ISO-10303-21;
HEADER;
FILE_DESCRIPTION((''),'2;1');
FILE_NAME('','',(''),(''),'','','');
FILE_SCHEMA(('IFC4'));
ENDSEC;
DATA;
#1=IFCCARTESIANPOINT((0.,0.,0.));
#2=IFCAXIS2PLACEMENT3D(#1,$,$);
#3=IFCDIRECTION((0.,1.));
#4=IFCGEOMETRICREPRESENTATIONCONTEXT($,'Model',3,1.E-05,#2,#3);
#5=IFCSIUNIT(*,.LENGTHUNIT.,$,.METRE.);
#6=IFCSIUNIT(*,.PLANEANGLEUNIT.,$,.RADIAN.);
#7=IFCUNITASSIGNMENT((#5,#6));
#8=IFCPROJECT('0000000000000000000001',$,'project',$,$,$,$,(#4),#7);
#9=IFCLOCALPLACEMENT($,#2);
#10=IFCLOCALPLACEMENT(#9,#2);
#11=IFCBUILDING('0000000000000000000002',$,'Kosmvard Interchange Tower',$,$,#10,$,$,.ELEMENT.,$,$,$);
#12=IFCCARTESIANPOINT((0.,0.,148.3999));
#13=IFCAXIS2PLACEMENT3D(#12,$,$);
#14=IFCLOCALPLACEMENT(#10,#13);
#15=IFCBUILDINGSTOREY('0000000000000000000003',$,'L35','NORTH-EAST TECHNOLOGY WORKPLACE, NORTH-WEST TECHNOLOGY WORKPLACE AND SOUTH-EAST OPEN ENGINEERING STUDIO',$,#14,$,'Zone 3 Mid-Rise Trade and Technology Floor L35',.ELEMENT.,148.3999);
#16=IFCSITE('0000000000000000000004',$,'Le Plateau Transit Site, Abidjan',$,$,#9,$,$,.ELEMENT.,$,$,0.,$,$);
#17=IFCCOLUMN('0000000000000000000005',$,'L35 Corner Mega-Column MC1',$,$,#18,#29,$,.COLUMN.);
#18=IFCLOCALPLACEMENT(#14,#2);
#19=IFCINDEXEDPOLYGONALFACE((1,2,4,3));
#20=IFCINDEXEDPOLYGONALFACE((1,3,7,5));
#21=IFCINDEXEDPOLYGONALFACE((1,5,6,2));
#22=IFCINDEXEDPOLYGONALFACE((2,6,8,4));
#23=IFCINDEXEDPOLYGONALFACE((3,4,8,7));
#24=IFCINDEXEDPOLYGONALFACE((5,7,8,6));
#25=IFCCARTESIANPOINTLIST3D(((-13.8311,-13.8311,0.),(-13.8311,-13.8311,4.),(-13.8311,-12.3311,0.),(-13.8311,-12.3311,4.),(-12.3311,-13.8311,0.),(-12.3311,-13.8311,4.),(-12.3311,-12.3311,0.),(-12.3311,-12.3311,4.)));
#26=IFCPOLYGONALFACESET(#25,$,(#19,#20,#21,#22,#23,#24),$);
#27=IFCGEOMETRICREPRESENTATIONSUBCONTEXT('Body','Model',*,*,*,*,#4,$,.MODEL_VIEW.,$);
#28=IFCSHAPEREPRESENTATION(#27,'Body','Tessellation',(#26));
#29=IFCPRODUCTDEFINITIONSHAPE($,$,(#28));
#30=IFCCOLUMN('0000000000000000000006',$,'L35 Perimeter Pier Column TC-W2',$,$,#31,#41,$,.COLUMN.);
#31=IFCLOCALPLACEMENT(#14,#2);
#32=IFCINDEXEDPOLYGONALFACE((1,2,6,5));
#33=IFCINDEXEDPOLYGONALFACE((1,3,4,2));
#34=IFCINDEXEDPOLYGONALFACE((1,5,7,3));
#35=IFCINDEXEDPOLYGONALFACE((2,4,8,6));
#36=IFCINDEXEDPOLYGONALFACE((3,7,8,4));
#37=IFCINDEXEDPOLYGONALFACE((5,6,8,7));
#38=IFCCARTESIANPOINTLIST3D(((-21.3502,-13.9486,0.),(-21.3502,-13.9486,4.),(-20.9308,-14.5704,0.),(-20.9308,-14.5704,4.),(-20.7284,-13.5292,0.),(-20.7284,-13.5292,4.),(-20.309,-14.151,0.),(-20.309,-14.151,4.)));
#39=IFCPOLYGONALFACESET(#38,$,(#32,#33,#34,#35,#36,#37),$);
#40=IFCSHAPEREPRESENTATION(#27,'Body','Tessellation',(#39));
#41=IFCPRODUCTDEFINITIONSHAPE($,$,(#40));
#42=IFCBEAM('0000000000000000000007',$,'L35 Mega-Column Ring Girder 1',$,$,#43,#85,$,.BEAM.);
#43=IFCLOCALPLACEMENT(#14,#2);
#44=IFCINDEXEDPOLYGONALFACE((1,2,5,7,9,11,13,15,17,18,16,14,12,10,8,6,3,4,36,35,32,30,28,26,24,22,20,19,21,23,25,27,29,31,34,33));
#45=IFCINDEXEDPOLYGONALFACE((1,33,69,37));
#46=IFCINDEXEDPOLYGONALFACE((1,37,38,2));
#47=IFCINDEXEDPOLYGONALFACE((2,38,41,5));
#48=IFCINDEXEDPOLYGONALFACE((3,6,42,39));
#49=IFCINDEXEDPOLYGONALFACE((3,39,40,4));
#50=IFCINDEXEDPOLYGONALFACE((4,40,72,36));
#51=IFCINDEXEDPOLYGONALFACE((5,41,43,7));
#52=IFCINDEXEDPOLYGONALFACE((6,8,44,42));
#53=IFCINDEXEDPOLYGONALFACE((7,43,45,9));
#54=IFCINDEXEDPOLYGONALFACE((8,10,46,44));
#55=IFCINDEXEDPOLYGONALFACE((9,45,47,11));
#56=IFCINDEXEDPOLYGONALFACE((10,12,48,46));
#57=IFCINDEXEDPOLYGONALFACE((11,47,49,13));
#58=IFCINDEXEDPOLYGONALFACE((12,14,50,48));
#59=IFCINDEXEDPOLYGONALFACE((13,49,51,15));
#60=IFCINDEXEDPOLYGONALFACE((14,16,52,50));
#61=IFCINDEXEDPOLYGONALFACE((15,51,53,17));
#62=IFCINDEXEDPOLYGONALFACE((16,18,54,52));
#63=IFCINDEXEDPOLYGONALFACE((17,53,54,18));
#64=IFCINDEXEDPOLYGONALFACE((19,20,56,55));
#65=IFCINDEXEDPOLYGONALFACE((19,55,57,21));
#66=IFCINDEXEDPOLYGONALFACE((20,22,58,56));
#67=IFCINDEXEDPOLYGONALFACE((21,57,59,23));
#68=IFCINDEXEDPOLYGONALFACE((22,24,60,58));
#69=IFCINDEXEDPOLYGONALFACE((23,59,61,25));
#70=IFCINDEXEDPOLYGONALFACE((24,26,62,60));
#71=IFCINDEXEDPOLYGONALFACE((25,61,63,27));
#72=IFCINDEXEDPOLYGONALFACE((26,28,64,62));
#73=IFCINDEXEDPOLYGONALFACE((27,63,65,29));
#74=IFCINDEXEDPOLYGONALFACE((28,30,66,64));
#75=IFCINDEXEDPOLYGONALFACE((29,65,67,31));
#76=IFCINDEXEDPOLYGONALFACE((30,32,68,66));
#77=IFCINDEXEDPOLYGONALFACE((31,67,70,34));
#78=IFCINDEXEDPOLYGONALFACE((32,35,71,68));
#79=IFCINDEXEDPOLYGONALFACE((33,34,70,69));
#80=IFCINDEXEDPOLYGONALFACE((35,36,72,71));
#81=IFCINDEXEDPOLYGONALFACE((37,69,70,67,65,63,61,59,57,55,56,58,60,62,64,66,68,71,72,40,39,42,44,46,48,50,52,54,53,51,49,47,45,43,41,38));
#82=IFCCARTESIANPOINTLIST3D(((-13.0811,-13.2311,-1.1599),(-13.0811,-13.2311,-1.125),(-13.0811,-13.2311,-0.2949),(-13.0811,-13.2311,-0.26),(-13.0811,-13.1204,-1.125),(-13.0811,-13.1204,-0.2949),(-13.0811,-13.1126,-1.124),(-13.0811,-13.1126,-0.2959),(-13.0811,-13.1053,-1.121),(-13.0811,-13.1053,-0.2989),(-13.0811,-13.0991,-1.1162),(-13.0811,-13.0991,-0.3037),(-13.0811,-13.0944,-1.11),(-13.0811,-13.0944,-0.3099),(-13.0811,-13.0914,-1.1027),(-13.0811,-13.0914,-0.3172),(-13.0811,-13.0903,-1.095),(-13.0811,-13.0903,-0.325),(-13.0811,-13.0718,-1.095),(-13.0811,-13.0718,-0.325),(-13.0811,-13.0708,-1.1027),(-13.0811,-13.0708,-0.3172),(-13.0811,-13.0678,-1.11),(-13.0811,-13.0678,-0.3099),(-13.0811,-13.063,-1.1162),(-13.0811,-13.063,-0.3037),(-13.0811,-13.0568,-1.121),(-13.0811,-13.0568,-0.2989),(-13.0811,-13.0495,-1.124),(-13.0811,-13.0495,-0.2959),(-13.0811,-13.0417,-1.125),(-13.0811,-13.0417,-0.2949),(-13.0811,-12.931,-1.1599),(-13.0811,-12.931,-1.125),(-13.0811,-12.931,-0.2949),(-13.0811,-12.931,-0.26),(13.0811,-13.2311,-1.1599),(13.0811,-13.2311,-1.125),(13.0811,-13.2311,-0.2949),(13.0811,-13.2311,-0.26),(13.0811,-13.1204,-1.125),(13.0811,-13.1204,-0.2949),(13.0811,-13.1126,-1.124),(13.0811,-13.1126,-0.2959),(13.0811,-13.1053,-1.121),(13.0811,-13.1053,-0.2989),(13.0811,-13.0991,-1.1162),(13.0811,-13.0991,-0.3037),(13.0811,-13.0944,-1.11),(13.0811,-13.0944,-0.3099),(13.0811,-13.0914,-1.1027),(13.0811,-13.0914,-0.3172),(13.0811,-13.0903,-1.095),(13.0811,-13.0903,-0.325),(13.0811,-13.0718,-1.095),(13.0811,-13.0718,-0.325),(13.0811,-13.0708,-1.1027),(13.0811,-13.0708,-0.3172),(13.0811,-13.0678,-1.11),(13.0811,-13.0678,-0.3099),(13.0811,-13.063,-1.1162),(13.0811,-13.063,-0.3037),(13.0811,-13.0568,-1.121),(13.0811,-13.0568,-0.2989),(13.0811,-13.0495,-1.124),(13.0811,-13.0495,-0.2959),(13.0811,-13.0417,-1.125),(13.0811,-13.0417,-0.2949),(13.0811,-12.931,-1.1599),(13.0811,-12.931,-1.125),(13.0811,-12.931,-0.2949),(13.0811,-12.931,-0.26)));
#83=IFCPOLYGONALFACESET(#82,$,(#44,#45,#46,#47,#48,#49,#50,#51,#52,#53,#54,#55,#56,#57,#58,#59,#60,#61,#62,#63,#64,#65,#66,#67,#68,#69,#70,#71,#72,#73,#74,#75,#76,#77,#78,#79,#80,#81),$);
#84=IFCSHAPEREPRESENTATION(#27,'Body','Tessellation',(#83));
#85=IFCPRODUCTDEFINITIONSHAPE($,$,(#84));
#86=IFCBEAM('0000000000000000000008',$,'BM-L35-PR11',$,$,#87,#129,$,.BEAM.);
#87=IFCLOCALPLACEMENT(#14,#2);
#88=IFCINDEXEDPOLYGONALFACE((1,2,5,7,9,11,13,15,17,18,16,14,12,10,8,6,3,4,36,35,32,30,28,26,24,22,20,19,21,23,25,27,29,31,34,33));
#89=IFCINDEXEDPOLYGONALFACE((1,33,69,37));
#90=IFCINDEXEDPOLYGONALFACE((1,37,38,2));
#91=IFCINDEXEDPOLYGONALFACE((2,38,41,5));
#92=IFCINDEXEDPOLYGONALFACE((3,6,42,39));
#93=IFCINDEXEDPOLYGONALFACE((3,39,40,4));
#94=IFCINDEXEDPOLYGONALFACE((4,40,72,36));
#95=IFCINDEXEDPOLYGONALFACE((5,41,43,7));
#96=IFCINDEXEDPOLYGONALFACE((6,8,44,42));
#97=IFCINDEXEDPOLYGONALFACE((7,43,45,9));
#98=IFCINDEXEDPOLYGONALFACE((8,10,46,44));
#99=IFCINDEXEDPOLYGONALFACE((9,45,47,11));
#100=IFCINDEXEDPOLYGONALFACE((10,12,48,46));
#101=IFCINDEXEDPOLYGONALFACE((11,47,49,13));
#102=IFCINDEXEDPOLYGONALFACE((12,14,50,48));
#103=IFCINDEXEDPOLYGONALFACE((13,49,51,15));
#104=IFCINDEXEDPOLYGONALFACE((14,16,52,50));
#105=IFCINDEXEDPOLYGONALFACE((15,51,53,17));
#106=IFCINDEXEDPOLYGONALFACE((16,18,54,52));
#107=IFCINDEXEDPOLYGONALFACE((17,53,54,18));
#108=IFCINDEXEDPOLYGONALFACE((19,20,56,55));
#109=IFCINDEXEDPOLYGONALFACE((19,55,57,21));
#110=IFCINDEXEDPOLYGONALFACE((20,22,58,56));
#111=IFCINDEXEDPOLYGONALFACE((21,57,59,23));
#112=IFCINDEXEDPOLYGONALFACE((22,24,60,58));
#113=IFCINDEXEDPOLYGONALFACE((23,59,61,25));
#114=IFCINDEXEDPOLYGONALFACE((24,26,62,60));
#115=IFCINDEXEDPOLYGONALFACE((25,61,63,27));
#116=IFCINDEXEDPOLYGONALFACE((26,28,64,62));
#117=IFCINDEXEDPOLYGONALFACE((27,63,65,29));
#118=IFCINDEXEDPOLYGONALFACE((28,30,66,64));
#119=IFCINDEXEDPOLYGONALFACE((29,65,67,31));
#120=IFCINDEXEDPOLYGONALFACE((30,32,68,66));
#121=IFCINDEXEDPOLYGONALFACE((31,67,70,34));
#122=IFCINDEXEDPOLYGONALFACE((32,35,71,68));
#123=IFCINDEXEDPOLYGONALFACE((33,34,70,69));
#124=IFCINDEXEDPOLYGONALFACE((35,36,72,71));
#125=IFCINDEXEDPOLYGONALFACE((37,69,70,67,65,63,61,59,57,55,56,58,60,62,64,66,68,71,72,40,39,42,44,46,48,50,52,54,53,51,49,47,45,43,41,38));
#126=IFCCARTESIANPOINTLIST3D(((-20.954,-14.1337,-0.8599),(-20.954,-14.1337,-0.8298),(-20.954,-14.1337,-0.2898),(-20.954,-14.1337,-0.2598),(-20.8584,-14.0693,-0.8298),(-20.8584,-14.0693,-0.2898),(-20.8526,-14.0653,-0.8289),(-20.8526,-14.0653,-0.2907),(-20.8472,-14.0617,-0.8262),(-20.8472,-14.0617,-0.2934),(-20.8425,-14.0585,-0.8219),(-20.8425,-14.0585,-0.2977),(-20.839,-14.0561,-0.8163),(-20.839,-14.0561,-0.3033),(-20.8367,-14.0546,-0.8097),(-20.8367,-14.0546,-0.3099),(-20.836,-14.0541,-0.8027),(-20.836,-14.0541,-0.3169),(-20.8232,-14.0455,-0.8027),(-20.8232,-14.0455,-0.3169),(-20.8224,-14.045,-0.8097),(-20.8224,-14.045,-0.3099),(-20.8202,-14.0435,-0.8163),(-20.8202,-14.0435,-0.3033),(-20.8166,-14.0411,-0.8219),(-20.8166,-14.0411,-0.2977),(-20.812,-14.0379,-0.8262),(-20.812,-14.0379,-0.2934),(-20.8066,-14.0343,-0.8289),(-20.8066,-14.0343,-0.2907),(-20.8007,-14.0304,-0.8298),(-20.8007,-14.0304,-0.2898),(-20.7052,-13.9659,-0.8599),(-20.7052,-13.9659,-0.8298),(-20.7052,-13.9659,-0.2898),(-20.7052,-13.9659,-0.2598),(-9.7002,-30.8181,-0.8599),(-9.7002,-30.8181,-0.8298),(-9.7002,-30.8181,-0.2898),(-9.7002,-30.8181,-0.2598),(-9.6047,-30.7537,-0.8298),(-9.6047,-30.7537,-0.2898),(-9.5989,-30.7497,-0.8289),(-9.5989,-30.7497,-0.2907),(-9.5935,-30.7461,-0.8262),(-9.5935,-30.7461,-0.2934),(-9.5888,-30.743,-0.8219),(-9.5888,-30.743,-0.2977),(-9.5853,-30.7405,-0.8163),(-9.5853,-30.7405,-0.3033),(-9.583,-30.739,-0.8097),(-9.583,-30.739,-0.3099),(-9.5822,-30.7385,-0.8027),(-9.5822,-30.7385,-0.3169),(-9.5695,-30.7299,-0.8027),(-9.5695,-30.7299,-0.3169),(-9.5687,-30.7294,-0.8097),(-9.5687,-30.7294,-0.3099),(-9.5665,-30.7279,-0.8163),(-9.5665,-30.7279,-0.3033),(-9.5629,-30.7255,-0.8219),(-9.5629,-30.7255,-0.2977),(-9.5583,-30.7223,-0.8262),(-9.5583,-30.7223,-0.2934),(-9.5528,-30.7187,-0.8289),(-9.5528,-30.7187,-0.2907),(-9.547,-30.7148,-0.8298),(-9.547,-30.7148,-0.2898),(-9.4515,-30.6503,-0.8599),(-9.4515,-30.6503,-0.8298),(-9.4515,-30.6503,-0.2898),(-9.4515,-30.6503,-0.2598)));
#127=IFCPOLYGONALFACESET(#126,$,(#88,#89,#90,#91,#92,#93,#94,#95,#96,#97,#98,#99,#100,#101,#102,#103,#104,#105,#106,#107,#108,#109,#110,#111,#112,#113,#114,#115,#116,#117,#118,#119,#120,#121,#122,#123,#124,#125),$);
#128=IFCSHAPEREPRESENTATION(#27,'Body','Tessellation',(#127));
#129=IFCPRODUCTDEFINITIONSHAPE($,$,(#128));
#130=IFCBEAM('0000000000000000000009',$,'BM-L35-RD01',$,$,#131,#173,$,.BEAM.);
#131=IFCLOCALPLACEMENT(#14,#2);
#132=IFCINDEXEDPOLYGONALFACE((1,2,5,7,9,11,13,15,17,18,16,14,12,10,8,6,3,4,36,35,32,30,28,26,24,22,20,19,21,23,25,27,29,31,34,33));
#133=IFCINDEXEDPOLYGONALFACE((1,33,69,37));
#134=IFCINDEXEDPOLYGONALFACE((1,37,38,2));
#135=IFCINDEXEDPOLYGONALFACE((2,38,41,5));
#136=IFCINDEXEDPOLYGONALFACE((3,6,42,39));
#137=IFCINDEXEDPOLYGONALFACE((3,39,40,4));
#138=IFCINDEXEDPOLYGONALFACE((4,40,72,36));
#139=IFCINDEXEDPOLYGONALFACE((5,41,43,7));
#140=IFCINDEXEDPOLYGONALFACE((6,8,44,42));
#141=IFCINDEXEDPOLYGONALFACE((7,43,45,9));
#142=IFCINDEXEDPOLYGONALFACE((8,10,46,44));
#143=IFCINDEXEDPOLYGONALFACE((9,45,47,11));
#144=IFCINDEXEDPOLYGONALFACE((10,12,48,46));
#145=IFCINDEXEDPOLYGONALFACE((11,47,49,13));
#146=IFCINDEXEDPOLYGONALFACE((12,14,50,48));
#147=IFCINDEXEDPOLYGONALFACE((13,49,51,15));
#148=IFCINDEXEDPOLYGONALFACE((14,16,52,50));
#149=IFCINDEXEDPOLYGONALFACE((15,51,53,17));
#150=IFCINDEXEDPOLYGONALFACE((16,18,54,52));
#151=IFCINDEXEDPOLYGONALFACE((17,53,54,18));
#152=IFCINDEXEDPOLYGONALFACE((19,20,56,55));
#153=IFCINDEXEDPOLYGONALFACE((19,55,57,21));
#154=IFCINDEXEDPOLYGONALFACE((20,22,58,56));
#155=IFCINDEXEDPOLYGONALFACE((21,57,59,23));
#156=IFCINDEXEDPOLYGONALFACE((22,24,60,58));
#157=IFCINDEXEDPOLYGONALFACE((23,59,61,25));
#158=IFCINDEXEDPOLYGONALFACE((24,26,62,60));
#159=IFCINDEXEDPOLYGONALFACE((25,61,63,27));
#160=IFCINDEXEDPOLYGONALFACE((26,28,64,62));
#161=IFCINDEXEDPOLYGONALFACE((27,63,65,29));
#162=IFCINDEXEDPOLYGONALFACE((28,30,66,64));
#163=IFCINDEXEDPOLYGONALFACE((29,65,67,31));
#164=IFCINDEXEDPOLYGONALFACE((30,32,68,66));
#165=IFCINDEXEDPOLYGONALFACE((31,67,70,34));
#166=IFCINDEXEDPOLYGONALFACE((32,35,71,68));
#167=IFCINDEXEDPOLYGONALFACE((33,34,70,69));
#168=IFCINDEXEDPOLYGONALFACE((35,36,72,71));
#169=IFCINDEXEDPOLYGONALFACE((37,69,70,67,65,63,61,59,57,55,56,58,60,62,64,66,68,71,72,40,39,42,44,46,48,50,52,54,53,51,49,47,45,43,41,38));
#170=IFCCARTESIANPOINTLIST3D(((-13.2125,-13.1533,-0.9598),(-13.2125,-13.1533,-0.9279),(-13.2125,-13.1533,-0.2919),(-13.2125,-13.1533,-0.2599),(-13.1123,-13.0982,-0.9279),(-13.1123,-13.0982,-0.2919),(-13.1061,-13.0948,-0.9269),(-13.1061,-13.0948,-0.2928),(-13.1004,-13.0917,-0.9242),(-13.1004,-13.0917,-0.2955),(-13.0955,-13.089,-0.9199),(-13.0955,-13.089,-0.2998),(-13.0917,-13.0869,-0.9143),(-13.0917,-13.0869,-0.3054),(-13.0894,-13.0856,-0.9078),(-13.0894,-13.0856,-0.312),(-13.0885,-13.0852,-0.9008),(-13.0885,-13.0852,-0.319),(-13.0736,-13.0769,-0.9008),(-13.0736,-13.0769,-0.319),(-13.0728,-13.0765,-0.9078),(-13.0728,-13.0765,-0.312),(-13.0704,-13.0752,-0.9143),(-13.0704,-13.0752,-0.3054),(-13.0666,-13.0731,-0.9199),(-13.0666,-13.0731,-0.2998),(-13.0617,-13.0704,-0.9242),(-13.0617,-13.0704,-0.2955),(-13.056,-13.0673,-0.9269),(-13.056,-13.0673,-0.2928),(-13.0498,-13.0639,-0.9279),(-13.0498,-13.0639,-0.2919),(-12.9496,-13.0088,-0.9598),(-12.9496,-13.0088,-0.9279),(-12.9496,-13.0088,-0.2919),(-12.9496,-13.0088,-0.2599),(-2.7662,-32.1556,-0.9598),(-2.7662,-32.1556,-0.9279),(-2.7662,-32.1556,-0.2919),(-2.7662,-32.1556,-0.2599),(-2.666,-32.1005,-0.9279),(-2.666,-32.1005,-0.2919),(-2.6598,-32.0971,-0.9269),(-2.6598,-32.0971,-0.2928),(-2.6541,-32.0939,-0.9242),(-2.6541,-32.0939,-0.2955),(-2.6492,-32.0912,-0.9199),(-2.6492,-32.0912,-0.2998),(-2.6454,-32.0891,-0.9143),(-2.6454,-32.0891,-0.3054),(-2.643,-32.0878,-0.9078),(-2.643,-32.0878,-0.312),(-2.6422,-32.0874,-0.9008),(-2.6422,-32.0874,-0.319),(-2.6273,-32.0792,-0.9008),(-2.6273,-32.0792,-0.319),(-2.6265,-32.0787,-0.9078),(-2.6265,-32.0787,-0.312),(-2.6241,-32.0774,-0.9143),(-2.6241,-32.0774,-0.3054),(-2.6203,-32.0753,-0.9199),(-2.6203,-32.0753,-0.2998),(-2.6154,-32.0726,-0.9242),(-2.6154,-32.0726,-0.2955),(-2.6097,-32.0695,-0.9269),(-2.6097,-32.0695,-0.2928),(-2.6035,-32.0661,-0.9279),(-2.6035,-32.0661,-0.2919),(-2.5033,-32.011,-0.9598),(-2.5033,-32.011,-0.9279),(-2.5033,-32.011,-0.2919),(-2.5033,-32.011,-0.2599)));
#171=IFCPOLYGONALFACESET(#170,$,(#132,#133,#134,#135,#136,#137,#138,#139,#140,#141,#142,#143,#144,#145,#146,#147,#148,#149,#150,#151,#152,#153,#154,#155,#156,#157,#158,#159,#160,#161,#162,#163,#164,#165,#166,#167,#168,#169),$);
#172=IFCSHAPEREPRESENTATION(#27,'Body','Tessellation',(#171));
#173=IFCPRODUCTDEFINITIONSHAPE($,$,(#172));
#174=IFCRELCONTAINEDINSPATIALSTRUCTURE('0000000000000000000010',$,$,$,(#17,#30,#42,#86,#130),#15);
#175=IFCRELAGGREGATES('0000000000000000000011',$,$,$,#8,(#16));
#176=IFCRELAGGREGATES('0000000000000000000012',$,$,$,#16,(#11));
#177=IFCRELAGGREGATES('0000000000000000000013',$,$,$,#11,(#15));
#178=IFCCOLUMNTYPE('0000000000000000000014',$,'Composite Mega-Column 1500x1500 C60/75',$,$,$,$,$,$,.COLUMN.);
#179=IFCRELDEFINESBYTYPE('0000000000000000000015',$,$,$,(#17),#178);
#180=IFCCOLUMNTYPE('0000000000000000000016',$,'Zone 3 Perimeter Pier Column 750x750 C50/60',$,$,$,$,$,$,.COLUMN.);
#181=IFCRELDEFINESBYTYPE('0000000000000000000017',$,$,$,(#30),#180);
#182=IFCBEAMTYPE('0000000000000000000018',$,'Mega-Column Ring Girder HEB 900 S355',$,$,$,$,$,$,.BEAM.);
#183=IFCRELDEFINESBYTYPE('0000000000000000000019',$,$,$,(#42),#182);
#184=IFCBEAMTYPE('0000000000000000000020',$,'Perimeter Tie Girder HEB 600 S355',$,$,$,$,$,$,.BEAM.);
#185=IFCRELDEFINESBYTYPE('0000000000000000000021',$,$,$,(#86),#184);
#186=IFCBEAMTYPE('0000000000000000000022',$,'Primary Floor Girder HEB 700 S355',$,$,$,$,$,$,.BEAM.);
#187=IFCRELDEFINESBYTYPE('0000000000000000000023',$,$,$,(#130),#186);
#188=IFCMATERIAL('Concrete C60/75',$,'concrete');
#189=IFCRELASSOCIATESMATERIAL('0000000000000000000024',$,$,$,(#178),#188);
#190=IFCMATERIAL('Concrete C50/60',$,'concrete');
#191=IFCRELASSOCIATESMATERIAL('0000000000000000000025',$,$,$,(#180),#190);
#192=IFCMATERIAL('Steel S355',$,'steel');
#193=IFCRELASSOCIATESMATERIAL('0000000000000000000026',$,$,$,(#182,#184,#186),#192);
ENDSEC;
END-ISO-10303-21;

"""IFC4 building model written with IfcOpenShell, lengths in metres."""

from ifc_helpers import new_model, si_unit, direction, frame, origin, origin_2d, place, context, subcontext, project, spatial, rectangle, i_section, extrude, source, transform, mapped, material, material_profile, profile_set, type_object, element, save


model = new_model("IFC4")

# Units and contexts
model_context = context("Model", 3, precision=1e-05, world=origin(), true_north=direction((0.0, 1.0)))
body_context = subcontext(model_context, "Body", "Model", "MODEL_VIEW")
ifc_project = project(units=[si_unit("LENGTHUNIT", "METRE"), si_unit("PLANEANGLEUNIT", "RADIAN")], contexts=[model_context])

# Site, building, storey
site_placement = place(None, origin())
site = spatial("IfcSite", under=ifc_project, at=site_placement, Name="Le Plateau Transit Site, Abidjan", CompositionType="ELEMENT", RefElevation=0.0)
building_placement = place(site_placement, origin())
building = spatial("IfcBuilding", under=site, at=building_placement, Name="Kosmvard Interchange Tower", CompositionType="ELEMENT")
storey_placement = place(building_placement, frame((0.0, 0.0, 148.3999)))
storey = spatial("IfcBuildingStorey", under=building, at=storey_placement, Name="L35", Description="NORTH-EAST TECHNOLOGY WORKPLACE, NORTH-WEST TECHNOLOGY WORKPLACE AND SOUTH-EAST OPEN ENGINEERING STUDIO", LongName="Zone 3 Mid-Rise Trade and Technology Floor L35", CompositionType="ELEMENT", Elevation=148.3999)

# Columns
ifc_material_1 = material(Name="Concrete C60/75", Category="concrete")
ifc_material_profile_1 = material_profile(ifc_material_1, rectangle(XDim=1.5, YDim=1.5, at=origin_2d()), Name="MC 1500x1500")
ifc_profile_set_1 = profile_set([ifc_material_profile_1], Name="Concrete C60/75")
column_type_1 = type_object("IfcColumnType", Name="Composite Mega-Column 1500x1500 C60/75", PredefinedType="COLUMN", material=ifc_profile_set_1)
shared_shape_1 = source(origin(), body_context, "Body", "SweptSolid", [
    extrude(rectangle(XDim=1.5, YDim=1.5, at=origin_2d()), origin(), (0.0, 0.0, 1.0), 4.0),
])
column_1_placement = place(storey_placement, frame((-13.0811, -13.0811, 0.0), z_axis=(0.0, 0.0, 1.0), x_axis=(1.0, 0.0, 0.0)))
element("IfcColumn", 1, at=column_1_placement, inside=storey, type_object=column_type_1, Name="L35 Corner Mega-Column MC1", PredefinedType="COLUMN", context=body_context, shape_type="MappedRepresentation", body=[
    mapped(shared_shape_1, transform((0.0, 0.0, 0.0), scale=1.0)),
])
ifc_material_2 = material(Name="Concrete C50/60", Category="concrete")
ifc_material_profile_2 = material_profile(ifc_material_2, rectangle(XDim=0.75, YDim=0.75, at=origin_2d()), Name="TC 750x750")
ifc_profile_set_2 = profile_set([ifc_material_profile_2], Name="Concrete C50/60")
column_type_2 = type_object("IfcColumnType", Name="Zone 3 Perimeter Pier Column 750x750 C50/60", PredefinedType="COLUMN", material=ifc_profile_set_2)
shared_shape_2 = source(origin(), body_context, "Body", "SweptSolid", [
    extrude(rectangle(XDim=0.75, YDim=0.75, at=origin_2d()), origin(), (0.0, 0.0, 1.0), 4.0),
])
column_2_placement = place(storey_placement, frame((-20.8296, -14.0498, 0.0), z_axis=(0.0, 0.0, 1.0), x_axis=(0.829038, 0.559193, 0.0)))
element("IfcColumn", 2, at=column_2_placement, inside=storey, type_object=column_type_2, Name="L35 Perimeter Pier Column TC-W2", PredefinedType="COLUMN", context=body_context, shape_type="MappedRepresentation", body=[
    mapped(shared_shape_2, transform((0.0, 0.0, 0.0), scale=1.0)),
])

# Beams
ifc_material_3 = material(Name="Steel S355", Category="steel")
ifc_material_profile_3 = material_profile(ifc_material_3, i_section(OverallWidth=0.3, OverallDepth=0.8999, WebThickness=0.0186, FlangeThickness=0.0349, FilletRadius=0.03, at=origin_2d()), Name="HEB 900")
ifc_profile_set_3 = profile_set([ifc_material_profile_3], Name="Steel S355")
beam_type_1 = type_object("IfcBeamType", Name="Mega-Column Ring Girder HEB 900 S355", PredefinedType="BEAM", material=ifc_profile_set_3)
shared_shape_3 = source(origin(), body_context, "Body", "SweptSolid", [
    extrude(i_section(OverallWidth=0.3, OverallDepth=0.8999, WebThickness=0.0186, FlangeThickness=0.0349, FilletRadius=0.03, at=origin_2d()), origin(), (0.0, 0.0, 1.0), 26.1621),
])
beam_1_placement = place(storey_placement, frame((-13.0811, -13.0811, -0.71), z_axis=(1.0, 0.0, 0.0), x_axis=(0.0, 1.0, 0.0)))
element("IfcBeam", 3, at=beam_1_placement, inside=storey, type_object=beam_type_1, Name="L35 Mega-Column Ring Girder 1", PredefinedType="BEAM", context=body_context, shape_type="MappedRepresentation", body=[
    mapped(shared_shape_3, transform((0.0, 0.0, 0.0), scale=1.0)),
])
ifc_material_profile_4 = material_profile(ifc_material_3, i_section(OverallWidth=0.3, OverallDepth=0.6001, WebThickness=0.0154, FlangeThickness=0.03, FilletRadius=0.0271, at=origin_2d()), Name="HEB 600")
ifc_profile_set_4 = profile_set([ifc_material_profile_4], Name="Steel S355")
beam_type_2 = type_object("IfcBeamType", Name="Perimeter Tie Girder HEB 600 S355", PredefinedType="BEAM", material=ifc_profile_set_4)
shared_shape_4 = source(origin(), body_context, "Body", "SweptSolid", [
    extrude(i_section(OverallWidth=0.3, OverallDepth=0.6001, WebThickness=0.0154, FlangeThickness=0.03, FilletRadius=0.0271, at=origin_2d()), origin(), (0.0, 0.0, 1.0), 20.125),
])
beam_2_placement = place(storey_placement, frame((-20.8296, -14.0498, -0.5598), z_axis=(0.559191, -0.829039, 0.0), x_axis=(0.829039, 0.559191, 0.0)))
element("IfcBeam", 4, at=beam_2_placement, inside=storey, type_object=beam_type_2, Name="BM-L35-PR11", PredefinedType="BEAM", context=body_context, shape_type="MappedRepresentation", body=[
    mapped(shared_shape_4, transform((0.0, 0.0, 0.0), scale=1.0)),
])
ifc_material_profile_5 = material_profile(ifc_material_3, i_section(OverallWidth=0.3, OverallDepth=0.7, WebThickness=0.0171, FlangeThickness=0.032, FilletRadius=0.0271, at=origin_2d()), Name="HEB 700")
ifc_profile_set_5 = profile_set([ifc_material_profile_5], Name="Steel S355")
beam_type_3 = type_object("IfcBeamType", Name="Primary Floor Girder HEB 700 S355", PredefinedType="BEAM", material=ifc_profile_set_5)
shared_shape_5 = source(origin(), body_context, "Body", "SweptSolid", [
    extrude(i_section(OverallWidth=0.3, OverallDepth=0.7, WebThickness=0.0171, FlangeThickness=0.032, FilletRadius=0.0271, at=origin_2d()), origin(), (0.0, 0.0, 1.0), 21.6843),
])
beam_3_placement = place(storey_placement, frame((-13.0811, -13.0811, -0.6099), z_axis=(0.481745, -0.876312, 0.0), x_axis=(0.876312, 0.481745, 0.0)))
element("IfcBeam", 5, at=beam_3_placement, inside=storey, type_object=beam_type_3, Name="BM-L35-RD01", PredefinedType="BEAM", context=body_context, shape_type="MappedRepresentation", body=[
    mapped(shared_shape_5, transform((0.0, 0.0, 0.0), scale=1.0)),
])

save(model, "model.ifc")
